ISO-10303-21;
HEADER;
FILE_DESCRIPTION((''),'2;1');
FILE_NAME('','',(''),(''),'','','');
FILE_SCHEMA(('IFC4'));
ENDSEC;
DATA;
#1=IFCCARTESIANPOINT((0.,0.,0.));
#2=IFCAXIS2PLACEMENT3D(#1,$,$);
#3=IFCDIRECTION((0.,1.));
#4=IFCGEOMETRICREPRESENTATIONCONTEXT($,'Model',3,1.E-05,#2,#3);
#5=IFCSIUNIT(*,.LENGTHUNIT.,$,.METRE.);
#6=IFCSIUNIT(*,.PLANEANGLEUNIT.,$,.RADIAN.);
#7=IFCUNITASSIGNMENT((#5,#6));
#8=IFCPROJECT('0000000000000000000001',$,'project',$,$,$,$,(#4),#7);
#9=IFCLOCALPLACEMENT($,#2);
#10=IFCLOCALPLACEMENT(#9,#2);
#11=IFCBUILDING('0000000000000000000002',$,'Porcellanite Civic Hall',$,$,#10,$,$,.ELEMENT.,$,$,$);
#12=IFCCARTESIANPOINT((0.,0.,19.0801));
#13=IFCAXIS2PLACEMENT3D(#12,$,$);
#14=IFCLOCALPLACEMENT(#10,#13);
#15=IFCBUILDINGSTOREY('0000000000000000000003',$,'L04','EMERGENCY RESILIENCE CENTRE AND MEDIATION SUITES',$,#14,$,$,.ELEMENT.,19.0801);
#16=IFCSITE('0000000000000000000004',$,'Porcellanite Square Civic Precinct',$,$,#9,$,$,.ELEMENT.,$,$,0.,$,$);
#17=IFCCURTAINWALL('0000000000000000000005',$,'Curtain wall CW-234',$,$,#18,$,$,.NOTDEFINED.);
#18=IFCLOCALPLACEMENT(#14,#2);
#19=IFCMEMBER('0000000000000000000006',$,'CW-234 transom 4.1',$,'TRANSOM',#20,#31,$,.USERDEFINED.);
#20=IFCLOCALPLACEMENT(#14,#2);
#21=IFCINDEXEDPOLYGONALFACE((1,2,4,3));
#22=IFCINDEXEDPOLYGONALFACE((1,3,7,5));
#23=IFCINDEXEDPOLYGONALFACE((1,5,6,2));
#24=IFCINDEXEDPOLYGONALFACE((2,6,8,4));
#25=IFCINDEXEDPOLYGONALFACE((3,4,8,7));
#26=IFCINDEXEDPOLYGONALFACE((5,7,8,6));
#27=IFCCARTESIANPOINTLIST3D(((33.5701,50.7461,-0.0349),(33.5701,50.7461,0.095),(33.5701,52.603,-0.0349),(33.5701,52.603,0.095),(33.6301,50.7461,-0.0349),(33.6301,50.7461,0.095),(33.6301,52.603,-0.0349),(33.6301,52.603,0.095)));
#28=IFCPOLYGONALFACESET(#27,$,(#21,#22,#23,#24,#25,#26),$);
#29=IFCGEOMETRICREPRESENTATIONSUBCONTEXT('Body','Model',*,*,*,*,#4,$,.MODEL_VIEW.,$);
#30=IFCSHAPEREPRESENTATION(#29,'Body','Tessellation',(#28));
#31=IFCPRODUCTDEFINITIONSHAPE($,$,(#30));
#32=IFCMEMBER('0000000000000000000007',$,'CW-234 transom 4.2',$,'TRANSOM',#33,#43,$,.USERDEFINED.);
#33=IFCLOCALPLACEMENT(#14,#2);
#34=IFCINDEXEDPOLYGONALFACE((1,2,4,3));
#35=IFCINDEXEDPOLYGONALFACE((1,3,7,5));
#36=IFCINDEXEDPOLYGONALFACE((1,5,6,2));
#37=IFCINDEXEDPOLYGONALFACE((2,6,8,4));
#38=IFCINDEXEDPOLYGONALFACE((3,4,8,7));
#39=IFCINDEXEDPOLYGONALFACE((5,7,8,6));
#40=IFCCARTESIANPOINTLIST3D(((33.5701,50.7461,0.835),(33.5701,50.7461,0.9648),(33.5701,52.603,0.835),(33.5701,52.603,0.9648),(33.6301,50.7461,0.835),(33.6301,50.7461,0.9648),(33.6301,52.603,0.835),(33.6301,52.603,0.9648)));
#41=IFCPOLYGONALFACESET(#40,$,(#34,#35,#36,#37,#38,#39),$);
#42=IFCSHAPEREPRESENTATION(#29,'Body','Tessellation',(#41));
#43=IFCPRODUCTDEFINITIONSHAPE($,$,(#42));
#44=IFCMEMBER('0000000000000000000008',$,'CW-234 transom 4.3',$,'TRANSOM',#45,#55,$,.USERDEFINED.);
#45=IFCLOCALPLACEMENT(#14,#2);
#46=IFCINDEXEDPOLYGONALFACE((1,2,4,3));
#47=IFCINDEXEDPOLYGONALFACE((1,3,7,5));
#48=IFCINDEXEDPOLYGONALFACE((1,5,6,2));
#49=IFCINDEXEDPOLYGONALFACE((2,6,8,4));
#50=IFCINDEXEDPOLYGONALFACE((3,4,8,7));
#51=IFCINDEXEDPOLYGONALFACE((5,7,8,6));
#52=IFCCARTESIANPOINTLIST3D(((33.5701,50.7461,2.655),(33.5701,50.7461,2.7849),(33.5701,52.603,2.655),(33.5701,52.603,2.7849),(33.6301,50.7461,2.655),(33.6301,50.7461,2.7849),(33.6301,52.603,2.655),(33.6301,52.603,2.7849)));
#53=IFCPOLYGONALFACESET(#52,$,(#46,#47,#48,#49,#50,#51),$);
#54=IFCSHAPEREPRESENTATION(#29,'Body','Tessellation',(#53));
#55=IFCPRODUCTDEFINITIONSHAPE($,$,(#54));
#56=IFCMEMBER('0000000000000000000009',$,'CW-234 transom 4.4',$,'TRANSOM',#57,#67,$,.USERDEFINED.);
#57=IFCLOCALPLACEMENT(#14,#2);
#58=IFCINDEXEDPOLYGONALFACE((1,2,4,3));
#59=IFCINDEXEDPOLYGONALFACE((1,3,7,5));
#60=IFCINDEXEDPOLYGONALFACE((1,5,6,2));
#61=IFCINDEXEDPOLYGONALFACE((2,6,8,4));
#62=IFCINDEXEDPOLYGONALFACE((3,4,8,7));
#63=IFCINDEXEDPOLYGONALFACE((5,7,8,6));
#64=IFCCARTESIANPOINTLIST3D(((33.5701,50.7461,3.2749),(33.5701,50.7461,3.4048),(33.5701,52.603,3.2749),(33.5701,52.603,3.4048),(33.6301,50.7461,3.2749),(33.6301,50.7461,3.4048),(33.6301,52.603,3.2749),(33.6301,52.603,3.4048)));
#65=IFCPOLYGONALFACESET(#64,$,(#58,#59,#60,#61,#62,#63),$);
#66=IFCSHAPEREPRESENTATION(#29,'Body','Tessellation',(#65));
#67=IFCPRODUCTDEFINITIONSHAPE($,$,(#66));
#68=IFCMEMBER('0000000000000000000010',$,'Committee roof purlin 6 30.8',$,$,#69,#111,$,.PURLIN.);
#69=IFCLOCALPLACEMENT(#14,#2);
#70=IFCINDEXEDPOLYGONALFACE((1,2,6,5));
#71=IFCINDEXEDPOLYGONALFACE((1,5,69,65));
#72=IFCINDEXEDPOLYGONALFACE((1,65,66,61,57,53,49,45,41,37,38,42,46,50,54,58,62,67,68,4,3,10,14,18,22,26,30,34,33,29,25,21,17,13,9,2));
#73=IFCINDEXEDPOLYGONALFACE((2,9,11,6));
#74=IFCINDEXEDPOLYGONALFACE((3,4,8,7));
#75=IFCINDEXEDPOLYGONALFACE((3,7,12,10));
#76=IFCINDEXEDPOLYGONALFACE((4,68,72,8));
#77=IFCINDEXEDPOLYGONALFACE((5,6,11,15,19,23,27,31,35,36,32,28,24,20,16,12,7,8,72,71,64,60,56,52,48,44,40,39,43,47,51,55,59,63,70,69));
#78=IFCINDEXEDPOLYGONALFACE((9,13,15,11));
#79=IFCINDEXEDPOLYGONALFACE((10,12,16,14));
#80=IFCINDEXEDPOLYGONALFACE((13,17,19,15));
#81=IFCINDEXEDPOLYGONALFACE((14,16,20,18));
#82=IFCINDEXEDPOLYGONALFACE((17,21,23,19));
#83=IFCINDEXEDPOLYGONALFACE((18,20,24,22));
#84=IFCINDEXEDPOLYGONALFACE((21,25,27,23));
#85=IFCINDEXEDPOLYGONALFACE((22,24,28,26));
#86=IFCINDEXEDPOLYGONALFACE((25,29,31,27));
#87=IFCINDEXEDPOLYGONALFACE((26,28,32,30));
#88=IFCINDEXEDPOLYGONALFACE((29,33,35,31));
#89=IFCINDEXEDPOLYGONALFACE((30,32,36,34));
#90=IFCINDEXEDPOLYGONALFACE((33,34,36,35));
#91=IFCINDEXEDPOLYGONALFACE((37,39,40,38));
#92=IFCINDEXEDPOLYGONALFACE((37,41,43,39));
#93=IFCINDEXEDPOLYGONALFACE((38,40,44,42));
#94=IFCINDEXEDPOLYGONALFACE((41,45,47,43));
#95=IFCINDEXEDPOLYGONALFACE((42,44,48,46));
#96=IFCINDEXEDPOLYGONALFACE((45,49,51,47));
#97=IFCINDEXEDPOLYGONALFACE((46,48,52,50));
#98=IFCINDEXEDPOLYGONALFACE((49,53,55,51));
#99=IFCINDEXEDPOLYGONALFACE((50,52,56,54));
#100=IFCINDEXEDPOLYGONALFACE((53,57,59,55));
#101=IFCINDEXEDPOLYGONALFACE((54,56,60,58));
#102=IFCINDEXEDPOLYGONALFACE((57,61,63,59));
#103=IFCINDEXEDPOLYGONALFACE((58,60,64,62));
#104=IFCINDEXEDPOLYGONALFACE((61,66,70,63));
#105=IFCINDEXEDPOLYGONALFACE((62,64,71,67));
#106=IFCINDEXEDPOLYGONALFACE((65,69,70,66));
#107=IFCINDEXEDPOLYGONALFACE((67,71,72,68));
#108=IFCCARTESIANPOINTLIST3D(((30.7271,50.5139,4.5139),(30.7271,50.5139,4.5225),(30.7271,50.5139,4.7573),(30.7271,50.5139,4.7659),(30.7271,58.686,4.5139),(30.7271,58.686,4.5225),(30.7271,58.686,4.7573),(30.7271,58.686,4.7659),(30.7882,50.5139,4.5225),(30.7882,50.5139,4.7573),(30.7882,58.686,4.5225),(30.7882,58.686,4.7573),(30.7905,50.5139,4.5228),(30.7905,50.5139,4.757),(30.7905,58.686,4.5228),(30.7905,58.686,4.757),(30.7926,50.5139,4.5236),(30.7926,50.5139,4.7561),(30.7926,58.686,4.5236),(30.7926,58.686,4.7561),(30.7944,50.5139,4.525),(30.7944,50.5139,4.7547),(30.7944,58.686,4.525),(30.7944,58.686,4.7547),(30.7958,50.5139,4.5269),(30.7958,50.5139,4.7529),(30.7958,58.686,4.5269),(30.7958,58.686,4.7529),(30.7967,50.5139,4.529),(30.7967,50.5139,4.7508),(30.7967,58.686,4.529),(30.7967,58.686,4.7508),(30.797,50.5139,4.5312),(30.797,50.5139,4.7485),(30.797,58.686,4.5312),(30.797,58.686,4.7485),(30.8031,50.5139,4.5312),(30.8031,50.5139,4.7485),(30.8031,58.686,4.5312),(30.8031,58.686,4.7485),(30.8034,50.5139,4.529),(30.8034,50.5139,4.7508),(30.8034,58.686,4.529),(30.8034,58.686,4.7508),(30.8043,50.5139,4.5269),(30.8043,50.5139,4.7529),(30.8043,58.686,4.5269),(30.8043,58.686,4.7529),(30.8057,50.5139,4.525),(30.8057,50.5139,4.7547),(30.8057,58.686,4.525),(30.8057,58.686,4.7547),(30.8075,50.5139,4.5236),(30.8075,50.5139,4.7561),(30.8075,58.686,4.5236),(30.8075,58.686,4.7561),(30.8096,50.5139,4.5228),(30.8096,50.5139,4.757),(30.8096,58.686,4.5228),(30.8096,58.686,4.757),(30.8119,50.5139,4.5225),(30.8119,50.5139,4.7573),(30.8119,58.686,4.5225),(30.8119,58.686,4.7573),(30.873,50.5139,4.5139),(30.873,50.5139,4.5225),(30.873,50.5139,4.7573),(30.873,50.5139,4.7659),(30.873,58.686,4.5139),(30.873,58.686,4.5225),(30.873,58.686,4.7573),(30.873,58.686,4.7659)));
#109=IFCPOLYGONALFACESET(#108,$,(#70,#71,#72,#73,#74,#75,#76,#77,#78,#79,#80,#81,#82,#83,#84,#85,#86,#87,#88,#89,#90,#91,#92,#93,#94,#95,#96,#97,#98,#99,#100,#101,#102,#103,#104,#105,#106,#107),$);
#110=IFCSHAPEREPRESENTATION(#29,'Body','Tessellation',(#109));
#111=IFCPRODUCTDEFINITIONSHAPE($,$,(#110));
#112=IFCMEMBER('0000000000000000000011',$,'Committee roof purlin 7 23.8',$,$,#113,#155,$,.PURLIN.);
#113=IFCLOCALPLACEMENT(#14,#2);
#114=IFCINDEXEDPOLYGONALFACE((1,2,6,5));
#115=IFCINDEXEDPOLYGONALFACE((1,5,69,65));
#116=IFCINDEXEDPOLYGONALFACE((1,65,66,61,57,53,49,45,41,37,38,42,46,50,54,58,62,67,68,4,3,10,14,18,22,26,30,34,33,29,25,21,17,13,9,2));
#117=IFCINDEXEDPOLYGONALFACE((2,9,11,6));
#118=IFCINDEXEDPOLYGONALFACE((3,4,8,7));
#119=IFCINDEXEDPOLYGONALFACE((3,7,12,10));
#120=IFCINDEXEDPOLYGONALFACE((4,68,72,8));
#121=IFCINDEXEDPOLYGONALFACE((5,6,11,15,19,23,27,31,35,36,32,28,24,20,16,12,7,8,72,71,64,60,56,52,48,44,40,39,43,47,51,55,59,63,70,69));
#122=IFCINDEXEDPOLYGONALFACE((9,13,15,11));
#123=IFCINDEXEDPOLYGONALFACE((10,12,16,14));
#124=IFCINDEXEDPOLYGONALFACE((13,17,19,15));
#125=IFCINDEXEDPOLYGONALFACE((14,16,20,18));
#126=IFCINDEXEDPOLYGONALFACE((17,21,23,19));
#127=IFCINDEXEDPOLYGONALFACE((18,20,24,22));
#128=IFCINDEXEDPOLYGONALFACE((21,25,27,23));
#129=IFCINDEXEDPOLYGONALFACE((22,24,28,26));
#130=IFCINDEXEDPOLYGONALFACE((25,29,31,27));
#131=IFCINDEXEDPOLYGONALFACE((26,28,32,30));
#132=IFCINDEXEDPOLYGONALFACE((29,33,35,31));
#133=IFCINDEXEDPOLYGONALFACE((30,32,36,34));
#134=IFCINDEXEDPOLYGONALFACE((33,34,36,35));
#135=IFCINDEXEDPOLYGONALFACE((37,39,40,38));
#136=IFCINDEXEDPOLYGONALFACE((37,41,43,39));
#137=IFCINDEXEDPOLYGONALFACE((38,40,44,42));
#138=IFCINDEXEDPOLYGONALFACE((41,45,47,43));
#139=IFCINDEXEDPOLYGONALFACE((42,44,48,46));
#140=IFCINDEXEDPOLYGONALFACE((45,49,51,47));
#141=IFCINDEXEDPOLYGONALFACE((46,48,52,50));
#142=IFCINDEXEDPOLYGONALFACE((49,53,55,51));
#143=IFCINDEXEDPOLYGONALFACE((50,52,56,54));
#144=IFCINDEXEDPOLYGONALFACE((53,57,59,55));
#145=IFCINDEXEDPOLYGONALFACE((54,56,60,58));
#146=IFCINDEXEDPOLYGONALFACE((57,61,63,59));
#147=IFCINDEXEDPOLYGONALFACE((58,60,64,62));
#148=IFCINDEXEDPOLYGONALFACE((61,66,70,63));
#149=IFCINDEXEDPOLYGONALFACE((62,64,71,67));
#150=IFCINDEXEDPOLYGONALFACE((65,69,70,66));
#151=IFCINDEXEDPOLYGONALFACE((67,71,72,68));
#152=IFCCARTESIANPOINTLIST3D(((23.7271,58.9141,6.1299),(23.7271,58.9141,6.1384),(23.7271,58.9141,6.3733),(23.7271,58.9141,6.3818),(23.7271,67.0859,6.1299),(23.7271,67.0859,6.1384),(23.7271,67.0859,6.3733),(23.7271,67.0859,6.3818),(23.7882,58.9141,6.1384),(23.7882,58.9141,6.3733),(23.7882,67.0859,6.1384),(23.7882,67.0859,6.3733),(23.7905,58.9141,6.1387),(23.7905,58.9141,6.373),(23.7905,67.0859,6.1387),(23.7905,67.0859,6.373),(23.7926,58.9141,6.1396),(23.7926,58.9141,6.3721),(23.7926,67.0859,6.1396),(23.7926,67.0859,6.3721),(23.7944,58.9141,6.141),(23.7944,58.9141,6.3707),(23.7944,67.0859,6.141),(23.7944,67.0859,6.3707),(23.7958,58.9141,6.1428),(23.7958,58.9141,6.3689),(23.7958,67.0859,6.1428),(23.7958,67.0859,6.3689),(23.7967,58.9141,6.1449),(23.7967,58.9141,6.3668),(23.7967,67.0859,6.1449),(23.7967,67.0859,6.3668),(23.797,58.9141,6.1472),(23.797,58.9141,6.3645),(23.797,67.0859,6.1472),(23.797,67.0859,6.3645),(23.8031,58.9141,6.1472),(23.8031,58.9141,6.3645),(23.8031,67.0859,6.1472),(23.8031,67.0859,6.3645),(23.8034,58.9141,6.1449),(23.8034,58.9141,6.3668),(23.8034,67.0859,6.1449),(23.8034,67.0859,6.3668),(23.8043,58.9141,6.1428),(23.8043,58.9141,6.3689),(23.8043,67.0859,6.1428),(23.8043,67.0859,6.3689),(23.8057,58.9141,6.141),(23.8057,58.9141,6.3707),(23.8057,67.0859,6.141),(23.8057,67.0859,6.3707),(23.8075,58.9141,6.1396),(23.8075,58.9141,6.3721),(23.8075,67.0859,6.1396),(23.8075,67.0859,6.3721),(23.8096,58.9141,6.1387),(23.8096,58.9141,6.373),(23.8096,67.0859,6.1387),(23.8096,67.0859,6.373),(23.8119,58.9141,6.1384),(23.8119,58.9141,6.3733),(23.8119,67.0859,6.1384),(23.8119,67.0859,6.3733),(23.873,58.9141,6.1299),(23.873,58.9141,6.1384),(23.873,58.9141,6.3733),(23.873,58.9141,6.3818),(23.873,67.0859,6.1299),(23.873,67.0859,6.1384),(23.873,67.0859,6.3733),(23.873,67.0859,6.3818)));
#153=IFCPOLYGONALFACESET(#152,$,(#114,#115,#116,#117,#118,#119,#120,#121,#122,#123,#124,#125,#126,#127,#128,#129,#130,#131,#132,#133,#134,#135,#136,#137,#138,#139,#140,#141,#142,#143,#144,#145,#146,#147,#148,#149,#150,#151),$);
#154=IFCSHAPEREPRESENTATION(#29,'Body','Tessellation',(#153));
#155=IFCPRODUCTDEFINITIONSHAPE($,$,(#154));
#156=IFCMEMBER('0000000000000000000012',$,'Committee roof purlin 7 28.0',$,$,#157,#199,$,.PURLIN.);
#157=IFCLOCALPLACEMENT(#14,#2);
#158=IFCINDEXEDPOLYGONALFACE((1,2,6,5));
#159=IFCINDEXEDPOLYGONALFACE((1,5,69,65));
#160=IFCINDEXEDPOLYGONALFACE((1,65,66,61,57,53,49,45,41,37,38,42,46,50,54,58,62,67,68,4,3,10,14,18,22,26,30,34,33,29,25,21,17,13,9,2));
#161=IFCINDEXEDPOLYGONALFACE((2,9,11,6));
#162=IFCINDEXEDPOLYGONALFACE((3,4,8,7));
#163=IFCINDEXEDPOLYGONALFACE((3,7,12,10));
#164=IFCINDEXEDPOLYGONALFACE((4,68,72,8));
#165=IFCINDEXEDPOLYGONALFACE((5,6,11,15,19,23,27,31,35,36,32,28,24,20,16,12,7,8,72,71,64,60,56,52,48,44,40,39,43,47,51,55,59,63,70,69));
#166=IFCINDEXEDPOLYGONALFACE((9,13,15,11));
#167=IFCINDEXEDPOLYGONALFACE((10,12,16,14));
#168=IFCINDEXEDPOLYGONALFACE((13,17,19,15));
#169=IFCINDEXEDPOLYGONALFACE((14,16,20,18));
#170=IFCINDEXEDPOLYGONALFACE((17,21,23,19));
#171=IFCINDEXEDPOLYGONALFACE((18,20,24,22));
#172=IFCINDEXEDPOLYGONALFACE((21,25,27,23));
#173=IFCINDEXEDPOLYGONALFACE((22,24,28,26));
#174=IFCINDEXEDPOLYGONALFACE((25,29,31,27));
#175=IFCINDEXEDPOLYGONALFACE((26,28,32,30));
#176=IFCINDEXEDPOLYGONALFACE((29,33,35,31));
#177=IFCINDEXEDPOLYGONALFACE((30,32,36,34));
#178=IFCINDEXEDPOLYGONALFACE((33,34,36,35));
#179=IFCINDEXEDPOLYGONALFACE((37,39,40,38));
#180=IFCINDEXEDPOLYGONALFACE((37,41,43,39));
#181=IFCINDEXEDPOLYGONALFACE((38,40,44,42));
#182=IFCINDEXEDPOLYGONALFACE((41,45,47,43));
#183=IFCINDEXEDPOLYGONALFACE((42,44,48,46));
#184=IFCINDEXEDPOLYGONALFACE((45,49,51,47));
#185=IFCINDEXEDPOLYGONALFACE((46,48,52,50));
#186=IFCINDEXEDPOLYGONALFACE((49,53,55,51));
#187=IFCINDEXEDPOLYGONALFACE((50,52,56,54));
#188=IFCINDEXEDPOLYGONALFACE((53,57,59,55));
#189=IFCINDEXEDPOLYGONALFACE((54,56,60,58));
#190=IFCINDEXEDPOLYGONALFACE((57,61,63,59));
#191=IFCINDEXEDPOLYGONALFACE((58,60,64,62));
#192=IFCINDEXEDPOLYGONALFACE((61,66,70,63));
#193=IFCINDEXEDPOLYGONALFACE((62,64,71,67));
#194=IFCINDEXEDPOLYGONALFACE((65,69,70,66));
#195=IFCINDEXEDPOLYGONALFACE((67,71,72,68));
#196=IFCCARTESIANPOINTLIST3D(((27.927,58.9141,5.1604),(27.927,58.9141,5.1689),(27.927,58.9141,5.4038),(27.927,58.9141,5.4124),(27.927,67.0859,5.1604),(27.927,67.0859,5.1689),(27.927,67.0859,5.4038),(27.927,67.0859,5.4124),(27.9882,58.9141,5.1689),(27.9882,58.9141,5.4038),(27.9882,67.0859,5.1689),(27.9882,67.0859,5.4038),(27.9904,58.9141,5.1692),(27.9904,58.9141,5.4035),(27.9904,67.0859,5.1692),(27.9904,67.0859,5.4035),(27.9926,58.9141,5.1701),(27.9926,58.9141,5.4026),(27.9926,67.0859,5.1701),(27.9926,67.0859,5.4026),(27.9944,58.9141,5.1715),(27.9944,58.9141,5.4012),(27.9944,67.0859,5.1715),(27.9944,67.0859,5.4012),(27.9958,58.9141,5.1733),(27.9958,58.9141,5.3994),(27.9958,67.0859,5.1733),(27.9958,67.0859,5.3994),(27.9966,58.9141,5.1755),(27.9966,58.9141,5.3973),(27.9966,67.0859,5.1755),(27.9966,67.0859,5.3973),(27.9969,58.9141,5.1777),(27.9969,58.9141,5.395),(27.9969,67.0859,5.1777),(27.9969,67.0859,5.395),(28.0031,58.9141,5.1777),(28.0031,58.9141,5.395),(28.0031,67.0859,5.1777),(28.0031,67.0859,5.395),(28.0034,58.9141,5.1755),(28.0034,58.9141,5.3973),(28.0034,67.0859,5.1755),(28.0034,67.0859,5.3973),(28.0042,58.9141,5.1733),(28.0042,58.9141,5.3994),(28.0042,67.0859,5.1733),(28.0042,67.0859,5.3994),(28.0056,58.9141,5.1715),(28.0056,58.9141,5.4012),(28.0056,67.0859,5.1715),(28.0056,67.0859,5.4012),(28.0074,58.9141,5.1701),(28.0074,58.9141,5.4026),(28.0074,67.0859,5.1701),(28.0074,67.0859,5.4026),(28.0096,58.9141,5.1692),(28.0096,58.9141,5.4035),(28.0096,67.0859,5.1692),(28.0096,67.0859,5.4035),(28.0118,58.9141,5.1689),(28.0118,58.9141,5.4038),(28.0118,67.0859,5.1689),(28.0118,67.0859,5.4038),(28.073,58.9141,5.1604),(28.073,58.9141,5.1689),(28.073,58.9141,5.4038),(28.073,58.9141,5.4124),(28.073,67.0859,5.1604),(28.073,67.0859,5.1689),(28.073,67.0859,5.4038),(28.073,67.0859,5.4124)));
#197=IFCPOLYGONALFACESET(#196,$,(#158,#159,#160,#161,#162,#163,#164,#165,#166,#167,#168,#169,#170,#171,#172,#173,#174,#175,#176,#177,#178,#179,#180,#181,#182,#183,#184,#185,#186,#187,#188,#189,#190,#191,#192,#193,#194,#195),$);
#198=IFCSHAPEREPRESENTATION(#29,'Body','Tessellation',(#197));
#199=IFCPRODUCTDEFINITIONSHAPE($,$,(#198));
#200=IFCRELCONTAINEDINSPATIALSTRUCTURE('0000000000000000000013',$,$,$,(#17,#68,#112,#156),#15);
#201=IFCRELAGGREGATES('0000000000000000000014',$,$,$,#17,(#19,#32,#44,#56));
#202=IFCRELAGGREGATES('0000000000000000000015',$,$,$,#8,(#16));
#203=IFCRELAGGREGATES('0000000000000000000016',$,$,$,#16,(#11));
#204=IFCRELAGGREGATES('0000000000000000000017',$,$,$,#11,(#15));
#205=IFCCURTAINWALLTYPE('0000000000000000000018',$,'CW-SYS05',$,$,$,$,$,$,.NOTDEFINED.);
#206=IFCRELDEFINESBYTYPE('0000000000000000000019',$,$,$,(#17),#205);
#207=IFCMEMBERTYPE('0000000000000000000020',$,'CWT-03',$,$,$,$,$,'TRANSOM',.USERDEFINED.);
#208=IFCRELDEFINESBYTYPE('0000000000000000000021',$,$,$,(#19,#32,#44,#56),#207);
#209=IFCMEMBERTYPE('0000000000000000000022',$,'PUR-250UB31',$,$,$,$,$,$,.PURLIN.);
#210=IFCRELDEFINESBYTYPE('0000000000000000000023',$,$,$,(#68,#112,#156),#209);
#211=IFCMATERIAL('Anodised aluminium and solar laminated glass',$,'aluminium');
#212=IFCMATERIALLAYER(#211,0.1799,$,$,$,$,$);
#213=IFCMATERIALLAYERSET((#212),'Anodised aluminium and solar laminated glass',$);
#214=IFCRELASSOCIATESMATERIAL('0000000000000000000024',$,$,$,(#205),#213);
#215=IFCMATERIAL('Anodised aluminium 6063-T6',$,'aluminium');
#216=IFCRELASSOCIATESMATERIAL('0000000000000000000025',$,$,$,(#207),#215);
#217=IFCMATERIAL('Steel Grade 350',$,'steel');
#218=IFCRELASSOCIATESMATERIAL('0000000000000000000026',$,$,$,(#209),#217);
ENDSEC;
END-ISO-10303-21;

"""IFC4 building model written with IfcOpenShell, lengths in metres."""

from ifc_helpers import new_model, si_unit, direction, frame, origin, origin_2d, place, context, subcontext, project, spatial, rectangle, i_section, extrude, material, layer, layer_set, material_profile, profile_set, type_object, element, aggregate, save


model = new_model("IFC4")

# Units and contexts
model_context = context("Model", 3, precision=1e-05, world=origin(), true_north=direction((0.0, 1.0)))
body_context = subcontext(model_context, "Body", "Model", "MODEL_VIEW")
ifc_project = project(units=[si_unit("LENGTHUNIT", "METRE"), si_unit("PLANEANGLEUNIT", "RADIAN")], contexts=[model_context])

# Site, building, storey
site_placement = place(None, origin())
site = spatial("IfcSite", under=ifc_project, at=site_placement, Name="Porcellanite Square Civic Precinct", CompositionType="ELEMENT", RefElevation=0.0)
building_placement = place(site_placement, origin())
building = spatial("IfcBuilding", under=site, at=building_placement, Name="Porcellanite Civic Hall", CompositionType="ELEMENT")
storey_placement = place(building_placement, frame((0.0, 0.0, 19.0801)))
storey = spatial("IfcBuildingStorey", under=building, at=storey_placement, Name="L04", Description="EMERGENCY RESILIENCE CENTRE AND MEDIATION SUITES", CompositionType="ELEMENT", Elevation=19.0801)

# Curtain wall, members
ifc_material_1 = material(Name="Anodised aluminium and solar laminated glass", Category="aluminium")
ifc_layer_1 = layer(ifc_material_1, 0.1799)
ifc_layer_set_1 = layer_set([ifc_layer_1], Name="Anodised aluminium and solar laminated glass")
curtain_wall_type = type_object("IfcCurtainWallType", Name="CW-SYS05", PredefinedType="NOTDEFINED", material=ifc_layer_set_1)
curtain_wall_placement = place(storey_placement, origin())
curtain_wall = element("IfcCurtainWall", 1, at=curtain_wall_placement, inside=storey, type_object=curtain_wall_type, Name="Curtain wall CW-234", PredefinedType="NOTDEFINED")
ifc_material_2 = material(Name="Anodised aluminium 6063-T6", Category="aluminium")
ifc_material_profile_1 = material_profile(ifc_material_2, rectangle(XDim=0.0601, YDim=0.1299, at=origin_2d()), Name="AL-60x130")
ifc_profile_set_1 = profile_set([ifc_material_profile_1], Name="Anodised aluminium 6063-T6")
member_type_1 = type_object("IfcMemberType", Name="CWT-03", ElementType="TRANSOM", PredefinedType="USERDEFINED", material=ifc_profile_set_1)
member_1_placement = place(storey_placement, frame((33.6001, 52.603, 0.03), z_axis=(0.0, -1.0, 0.0), x_axis=(1.0, 0.0, 0.0)))
member_1 = element("IfcMember", 2, at=member_1_placement, type_object=member_type_1, Name="CW-234 transom 4.1", ObjectType="TRANSOM", PredefinedType="USERDEFINED", context=body_context, shape_type="SweptSolid", body=[
    extrude(rectangle(XDim=0.0601, YDim=0.1299, at=origin_2d()), origin(), (0.0, 0.0, 1.0), 1.8569),
])
member_2_placement = place(storey_placement, frame((33.6001, 52.603, 0.8999), z_axis=(0.0, -1.0, 0.0), x_axis=(1.0, 0.0, 0.0)))
member_2 = element("IfcMember", 3, at=member_2_placement, type_object=member_type_1, Name="CW-234 transom 4.2", ObjectType="TRANSOM", PredefinedType="USERDEFINED", context=body_context, shape_type="SweptSolid", body=[
    extrude(rectangle(XDim=0.0601, YDim=0.1299, at=origin_2d()), origin(), (0.0, 0.0, 1.0), 1.8569),
])
member_3_placement = place(storey_placement, frame((33.6001, 52.603, 2.72), z_axis=(0.0, -1.0, 0.0), x_axis=(1.0, 0.0, 0.0)))
member_3 = element("IfcMember", 4, at=member_3_placement, type_object=member_type_1, Name="CW-234 transom 4.3", ObjectType="TRANSOM", PredefinedType="USERDEFINED", context=body_context, shape_type="SweptSolid", body=[
    extrude(rectangle(XDim=0.0601, YDim=0.1299, at=origin_2d()), origin(), (0.0, 0.0, 1.0), 1.8569),
])
member_4_placement = place(storey_placement, frame((33.6001, 52.603, 3.3398), z_axis=(0.0, -1.0, 0.0), x_axis=(1.0, 0.0, 0.0)))
member_4 = element("IfcMember", 5, at=member_4_placement, type_object=member_type_1, Name="CW-234 transom 4.4", ObjectType="TRANSOM", PredefinedType="USERDEFINED", context=body_context, shape_type="SweptSolid", body=[
    extrude(rectangle(XDim=0.0601, YDim=0.1299, at=origin_2d()), origin(), (0.0, 0.0, 1.0), 1.8569),
])

# Members
ifc_material_3 = material(Name="Steel Grade 350", Category="steel")
ifc_material_profile_2 = material_profile(ifc_material_3, i_section(OverallWidth=0.146, OverallDepth=0.252, WebThickness=0.0061, FlangeThickness=0.0085, FilletRadius=0.0088, at=origin_2d()), Name="250UB31.4")
ifc_profile_set_2 = profile_set([ifc_material_profile_2], Name="Steel Grade 350")
member_type_2 = type_object("IfcMemberType", Name="PUR-250UB31", PredefinedType="PURLIN", material=ifc_profile_set_2)
member_5_placement = place(storey_placement, frame((30.8, 50.5139, 4.6399), z_axis=(0.0, 1.0, 0.0), x_axis=(-1.0, 0.0, 0.0)))
element("IfcMember", 6, at=member_5_placement, inside=storey, type_object=member_type_2, Name="Committee roof purlin 6 30.8", PredefinedType="PURLIN", context=body_context, shape_type="SweptSolid", body=[
    extrude(i_section(OverallWidth=0.146, OverallDepth=0.252, WebThickness=0.0061, FlangeThickness=0.0085, FilletRadius=0.0088, at=origin_2d()), origin(), (0.0, 0.0, 1.0), 8.1721),
])
for number, where, z_axis, x_axis, name in (
    (7, (23.8, 58.9141, 6.2559), (0.0, 1.0, 0.0), (-1.0, 0.0, 0.0), "Committee roof purlin 7 23.8"),
    (8, (28.0, 58.9141, 5.2864), (0.0, 1.0, 0.0), (-1.0, 0.0, 0.0), "Committee roof purlin 7 28.0"),
):
    element("IfcMember", number, at=place(storey_placement, frame(where, z_axis=z_axis, x_axis=x_axis)), inside=storey, type_object=member_type_2, Name=name, PredefinedType="PURLIN", context=body_context, shape_type="SweptSolid", body=[
        extrude(i_section(OverallWidth=0.146, OverallDepth=0.252, WebThickness=0.0061, FlangeThickness=0.0085, FilletRadius=0.0088, at=origin_2d()), origin(), (0.0, 0.0, 1.0), 8.1719),
    ])

aggregate(curtain_wall, [member_1, member_2, member_3, member_4])

save(model, "model.ifc")
